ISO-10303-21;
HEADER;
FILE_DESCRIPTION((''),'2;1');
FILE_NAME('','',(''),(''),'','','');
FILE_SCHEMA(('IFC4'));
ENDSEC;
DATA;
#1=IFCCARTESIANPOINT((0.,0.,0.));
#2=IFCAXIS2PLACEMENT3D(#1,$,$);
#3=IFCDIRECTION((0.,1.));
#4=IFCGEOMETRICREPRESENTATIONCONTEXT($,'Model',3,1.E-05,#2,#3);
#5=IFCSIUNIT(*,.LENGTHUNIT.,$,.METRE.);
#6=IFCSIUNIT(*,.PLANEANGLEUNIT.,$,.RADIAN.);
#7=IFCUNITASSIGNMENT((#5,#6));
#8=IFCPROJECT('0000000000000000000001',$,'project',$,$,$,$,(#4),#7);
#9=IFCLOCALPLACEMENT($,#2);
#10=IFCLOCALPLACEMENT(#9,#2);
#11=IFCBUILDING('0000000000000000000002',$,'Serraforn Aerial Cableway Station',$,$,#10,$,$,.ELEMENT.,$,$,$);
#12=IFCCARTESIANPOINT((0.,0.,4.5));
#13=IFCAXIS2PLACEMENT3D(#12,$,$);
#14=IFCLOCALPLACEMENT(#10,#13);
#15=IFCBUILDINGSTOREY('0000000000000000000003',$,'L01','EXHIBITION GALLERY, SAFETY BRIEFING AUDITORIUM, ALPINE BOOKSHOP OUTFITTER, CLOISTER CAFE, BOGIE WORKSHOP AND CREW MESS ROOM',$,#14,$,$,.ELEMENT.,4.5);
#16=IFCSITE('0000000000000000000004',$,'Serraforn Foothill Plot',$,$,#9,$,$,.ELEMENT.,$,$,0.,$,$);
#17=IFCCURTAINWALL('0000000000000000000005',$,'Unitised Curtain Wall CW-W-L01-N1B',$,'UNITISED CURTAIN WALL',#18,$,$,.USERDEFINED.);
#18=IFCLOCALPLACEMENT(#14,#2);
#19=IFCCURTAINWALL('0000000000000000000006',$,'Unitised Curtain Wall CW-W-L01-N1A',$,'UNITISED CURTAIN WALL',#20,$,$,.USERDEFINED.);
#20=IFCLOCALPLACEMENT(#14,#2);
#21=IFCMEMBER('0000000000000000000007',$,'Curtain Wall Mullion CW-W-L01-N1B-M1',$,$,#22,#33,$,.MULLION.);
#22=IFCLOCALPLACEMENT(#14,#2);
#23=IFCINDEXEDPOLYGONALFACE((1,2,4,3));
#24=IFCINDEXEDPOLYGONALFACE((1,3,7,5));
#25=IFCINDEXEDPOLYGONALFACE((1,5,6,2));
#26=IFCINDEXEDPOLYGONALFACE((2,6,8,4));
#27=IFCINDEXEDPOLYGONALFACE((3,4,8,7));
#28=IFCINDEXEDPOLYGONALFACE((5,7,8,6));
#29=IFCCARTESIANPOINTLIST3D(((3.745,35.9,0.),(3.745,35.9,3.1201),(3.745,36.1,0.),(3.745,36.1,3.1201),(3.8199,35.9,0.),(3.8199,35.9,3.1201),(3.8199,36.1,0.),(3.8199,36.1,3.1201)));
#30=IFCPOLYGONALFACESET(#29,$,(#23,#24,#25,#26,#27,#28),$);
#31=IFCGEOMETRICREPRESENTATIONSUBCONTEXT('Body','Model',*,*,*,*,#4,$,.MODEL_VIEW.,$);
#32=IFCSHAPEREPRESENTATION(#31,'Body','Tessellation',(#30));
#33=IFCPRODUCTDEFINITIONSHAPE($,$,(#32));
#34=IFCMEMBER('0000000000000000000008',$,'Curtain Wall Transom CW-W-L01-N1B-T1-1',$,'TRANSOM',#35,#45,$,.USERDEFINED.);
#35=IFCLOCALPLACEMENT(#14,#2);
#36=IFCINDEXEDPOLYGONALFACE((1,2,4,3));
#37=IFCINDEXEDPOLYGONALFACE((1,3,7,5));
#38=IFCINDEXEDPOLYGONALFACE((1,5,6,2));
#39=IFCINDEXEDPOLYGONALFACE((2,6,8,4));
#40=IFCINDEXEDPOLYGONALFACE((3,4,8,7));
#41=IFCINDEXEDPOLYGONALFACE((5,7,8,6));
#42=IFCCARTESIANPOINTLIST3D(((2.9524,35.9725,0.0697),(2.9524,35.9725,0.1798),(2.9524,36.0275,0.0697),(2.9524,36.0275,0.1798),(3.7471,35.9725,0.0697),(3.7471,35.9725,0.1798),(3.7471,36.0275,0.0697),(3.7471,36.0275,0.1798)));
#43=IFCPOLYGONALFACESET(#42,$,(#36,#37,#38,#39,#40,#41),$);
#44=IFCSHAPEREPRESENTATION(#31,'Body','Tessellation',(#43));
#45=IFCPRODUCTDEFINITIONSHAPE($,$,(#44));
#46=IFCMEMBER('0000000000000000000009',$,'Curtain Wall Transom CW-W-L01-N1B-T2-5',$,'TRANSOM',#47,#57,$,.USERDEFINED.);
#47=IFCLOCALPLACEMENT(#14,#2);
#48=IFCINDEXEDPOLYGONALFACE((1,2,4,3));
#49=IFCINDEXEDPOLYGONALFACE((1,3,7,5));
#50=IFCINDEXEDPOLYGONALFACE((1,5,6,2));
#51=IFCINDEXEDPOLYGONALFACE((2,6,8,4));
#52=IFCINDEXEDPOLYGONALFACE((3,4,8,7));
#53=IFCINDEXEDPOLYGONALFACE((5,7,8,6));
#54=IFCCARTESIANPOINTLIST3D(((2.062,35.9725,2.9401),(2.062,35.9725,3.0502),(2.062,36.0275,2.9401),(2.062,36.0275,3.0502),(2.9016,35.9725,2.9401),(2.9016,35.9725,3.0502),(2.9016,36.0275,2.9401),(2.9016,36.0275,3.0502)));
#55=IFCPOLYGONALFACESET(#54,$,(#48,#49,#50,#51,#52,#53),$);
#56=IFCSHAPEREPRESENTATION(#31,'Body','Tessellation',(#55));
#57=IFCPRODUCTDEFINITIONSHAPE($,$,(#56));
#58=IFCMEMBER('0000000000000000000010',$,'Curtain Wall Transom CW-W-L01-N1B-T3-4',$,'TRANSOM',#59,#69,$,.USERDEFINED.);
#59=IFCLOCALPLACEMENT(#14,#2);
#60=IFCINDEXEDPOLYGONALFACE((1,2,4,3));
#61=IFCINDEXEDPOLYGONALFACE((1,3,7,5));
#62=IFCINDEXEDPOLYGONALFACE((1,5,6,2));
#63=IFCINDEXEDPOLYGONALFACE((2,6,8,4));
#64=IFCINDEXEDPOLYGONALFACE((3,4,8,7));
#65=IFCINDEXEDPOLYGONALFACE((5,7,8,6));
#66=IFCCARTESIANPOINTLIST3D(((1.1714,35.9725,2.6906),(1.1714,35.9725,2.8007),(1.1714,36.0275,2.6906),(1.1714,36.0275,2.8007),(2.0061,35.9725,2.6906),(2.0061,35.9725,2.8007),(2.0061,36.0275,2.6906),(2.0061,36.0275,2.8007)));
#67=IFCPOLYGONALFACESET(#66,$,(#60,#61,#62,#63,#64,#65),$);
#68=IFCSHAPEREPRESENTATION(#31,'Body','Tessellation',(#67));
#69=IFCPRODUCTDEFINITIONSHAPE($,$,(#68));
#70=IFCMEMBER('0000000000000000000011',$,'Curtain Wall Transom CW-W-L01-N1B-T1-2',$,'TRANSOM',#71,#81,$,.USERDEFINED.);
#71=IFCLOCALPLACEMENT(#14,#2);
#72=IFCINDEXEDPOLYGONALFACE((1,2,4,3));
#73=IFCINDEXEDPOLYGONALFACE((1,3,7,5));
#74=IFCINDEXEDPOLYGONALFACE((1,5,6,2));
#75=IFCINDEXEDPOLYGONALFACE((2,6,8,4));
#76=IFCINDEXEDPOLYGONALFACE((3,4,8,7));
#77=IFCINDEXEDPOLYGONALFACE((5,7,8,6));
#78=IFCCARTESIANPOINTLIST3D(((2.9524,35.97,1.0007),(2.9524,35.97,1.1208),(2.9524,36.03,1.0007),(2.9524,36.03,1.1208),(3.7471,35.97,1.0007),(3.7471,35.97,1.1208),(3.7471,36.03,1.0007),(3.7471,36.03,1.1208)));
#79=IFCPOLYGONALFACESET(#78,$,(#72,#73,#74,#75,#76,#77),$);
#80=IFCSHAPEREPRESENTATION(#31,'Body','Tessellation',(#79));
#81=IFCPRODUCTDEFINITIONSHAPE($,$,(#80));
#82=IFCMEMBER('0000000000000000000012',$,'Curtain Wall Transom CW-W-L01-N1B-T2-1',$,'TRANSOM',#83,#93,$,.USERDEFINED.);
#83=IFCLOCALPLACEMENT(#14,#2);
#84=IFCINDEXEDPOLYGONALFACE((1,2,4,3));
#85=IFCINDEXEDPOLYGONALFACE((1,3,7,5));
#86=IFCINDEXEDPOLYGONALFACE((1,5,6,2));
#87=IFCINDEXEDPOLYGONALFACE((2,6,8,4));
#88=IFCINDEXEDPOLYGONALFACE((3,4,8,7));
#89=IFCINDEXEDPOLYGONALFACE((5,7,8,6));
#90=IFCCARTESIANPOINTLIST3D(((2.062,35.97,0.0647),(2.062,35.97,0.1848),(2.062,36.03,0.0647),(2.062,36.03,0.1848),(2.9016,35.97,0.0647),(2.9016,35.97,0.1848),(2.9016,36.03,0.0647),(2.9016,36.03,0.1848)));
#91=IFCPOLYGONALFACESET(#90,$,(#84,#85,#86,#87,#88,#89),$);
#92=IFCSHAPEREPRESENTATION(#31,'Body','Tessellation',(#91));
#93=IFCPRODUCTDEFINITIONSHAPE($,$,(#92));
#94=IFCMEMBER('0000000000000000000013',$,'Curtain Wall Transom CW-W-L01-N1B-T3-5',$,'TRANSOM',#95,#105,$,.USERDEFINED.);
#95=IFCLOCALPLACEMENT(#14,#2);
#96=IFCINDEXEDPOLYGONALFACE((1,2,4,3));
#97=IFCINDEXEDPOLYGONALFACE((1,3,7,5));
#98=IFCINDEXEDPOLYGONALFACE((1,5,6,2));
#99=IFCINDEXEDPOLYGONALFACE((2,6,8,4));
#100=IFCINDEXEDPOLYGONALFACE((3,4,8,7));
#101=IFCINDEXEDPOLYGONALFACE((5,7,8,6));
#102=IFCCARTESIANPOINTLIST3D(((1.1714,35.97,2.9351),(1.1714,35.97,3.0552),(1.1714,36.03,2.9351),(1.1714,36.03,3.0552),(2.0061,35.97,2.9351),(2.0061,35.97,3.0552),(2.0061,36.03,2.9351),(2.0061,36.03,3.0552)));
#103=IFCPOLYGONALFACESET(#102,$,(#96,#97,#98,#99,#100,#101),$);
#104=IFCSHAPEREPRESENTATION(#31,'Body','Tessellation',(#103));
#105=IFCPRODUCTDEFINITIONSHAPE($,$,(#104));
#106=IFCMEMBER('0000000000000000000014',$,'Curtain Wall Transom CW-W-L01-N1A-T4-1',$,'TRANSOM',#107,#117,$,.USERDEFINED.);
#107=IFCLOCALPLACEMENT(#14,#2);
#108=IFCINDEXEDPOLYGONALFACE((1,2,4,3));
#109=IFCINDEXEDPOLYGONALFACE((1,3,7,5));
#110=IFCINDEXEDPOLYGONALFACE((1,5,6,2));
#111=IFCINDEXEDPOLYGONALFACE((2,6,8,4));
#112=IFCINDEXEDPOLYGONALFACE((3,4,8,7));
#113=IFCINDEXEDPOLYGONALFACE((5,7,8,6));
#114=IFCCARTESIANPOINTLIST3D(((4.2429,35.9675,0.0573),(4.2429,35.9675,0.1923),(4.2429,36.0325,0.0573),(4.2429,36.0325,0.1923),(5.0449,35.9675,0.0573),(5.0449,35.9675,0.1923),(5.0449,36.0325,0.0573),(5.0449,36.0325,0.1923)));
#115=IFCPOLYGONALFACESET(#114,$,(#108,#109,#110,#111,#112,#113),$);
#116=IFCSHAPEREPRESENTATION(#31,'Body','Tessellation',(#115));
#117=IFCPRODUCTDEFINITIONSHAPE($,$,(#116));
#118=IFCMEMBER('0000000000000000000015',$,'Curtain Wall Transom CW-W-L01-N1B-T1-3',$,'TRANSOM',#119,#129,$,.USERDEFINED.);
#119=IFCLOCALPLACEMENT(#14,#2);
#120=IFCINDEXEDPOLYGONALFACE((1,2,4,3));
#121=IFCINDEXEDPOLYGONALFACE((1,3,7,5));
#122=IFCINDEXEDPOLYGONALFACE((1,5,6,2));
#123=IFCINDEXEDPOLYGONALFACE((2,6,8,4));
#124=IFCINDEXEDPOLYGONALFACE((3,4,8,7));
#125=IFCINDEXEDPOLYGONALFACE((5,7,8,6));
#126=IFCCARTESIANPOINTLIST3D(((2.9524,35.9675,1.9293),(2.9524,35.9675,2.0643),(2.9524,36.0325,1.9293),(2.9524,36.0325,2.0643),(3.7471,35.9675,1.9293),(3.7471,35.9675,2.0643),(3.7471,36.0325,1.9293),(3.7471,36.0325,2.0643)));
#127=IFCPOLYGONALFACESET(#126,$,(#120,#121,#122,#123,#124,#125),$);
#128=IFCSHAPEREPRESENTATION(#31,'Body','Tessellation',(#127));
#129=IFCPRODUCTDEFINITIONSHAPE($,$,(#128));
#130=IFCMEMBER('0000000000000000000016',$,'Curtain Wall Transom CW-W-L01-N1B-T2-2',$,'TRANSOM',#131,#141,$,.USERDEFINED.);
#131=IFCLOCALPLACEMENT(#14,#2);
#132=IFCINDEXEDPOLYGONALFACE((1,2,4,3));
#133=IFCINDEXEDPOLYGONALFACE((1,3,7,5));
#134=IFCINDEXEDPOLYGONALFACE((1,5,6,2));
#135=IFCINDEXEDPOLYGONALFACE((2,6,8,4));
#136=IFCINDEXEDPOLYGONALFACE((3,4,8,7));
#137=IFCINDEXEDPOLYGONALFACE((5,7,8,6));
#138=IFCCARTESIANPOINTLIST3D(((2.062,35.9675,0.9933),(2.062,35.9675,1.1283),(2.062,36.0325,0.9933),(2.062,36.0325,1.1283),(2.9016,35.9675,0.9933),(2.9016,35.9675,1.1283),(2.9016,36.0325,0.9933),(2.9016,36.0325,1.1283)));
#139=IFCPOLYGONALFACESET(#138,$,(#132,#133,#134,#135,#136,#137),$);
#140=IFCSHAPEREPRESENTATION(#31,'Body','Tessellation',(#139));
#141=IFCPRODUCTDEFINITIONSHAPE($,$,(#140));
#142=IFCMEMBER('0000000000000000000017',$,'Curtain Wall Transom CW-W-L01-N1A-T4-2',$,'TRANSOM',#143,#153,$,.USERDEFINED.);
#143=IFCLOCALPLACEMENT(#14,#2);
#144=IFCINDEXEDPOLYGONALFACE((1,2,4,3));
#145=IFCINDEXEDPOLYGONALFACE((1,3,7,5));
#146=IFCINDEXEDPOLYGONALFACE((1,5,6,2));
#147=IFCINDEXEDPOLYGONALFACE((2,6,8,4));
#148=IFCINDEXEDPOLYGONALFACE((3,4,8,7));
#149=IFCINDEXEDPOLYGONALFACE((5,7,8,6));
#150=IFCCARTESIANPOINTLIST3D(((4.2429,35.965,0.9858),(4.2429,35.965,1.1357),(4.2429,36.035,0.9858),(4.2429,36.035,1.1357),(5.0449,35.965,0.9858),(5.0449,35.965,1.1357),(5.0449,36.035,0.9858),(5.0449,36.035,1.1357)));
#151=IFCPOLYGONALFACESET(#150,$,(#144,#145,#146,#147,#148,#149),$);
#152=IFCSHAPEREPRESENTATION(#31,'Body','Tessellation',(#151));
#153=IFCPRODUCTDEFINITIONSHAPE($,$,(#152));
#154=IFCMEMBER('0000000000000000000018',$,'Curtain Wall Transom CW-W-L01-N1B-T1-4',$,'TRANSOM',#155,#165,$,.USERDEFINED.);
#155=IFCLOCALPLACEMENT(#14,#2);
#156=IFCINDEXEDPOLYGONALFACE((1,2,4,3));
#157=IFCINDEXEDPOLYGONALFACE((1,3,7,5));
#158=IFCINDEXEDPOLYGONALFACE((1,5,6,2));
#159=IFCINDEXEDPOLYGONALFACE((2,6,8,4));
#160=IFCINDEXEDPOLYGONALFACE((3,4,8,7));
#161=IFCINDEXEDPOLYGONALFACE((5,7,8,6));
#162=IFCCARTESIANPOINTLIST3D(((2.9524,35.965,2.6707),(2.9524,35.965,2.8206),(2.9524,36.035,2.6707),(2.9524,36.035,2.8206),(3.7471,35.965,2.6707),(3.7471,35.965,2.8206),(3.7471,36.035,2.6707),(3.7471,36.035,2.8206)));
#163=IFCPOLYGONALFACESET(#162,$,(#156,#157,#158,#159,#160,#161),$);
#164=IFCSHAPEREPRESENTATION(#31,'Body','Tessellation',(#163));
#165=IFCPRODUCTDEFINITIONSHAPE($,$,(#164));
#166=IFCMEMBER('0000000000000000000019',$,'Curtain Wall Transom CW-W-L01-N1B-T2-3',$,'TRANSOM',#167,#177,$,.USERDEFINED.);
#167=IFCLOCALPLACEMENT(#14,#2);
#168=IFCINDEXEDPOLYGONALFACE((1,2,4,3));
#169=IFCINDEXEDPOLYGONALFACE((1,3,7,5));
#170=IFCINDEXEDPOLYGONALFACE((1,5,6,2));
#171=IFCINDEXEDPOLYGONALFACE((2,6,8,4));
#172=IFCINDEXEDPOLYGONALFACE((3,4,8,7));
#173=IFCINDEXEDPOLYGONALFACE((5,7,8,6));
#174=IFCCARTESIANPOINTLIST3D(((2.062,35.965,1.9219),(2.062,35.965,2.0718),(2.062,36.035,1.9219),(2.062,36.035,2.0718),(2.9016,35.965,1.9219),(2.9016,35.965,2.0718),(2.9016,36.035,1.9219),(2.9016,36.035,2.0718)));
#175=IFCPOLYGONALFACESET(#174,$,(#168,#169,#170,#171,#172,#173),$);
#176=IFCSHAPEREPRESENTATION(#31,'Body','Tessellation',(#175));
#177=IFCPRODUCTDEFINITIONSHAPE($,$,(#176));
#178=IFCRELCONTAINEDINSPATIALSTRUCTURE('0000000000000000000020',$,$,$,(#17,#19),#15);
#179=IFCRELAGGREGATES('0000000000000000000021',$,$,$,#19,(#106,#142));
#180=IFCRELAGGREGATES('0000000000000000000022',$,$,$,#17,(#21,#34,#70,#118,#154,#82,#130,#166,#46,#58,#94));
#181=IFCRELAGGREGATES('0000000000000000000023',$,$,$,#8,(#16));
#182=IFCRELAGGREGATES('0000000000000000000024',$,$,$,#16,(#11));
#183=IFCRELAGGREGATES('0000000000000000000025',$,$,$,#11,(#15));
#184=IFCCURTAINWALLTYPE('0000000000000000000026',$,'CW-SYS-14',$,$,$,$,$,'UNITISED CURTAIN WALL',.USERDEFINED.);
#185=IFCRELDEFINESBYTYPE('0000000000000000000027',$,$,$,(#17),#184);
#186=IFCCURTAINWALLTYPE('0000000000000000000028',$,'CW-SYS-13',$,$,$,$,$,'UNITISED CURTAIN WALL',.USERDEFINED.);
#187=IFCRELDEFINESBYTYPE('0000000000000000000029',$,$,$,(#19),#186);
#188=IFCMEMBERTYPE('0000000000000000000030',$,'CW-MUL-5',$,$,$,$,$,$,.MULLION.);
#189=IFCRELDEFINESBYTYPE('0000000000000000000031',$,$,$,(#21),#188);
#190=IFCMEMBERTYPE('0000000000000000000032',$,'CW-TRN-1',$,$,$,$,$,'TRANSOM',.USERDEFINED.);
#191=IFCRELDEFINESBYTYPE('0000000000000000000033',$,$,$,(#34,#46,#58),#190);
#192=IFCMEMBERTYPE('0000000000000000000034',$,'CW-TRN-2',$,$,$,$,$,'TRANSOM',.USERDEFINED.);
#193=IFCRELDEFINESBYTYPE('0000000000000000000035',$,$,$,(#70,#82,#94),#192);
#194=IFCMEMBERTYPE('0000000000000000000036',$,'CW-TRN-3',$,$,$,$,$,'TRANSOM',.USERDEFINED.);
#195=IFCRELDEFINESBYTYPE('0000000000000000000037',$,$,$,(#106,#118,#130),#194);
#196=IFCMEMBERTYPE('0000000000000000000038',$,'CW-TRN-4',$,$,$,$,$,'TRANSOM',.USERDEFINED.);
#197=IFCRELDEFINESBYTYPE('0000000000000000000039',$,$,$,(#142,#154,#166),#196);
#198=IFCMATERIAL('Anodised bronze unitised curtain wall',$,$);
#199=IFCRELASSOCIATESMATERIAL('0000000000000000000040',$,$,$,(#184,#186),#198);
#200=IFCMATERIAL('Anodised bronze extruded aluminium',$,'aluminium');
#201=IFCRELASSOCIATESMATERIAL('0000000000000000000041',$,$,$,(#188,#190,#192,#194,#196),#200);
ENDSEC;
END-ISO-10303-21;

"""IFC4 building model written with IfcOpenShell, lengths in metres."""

from ifc_helpers import new_model, si_unit, direction, frame, origin, origin_2d, place, context, subcontext, project, spatial, rectangle, extrude, material, material_profile, profile_set, type_object, element, aggregate, save


model = new_model("IFC4")

# Units and contexts
model_context = context("Model", 3, precision=1e-05, world=origin(), true_north=direction((0.0, 1.0)))
body_context = subcontext(model_context, "Body", "Model", "MODEL_VIEW")
ifc_project = project(units=[si_unit("LENGTHUNIT", "METRE"), si_unit("PLANEANGLEUNIT", "RADIAN")], contexts=[model_context])

# Site, building, storey
site_placement = place(None, origin())
site = spatial("IfcSite", under=ifc_project, at=site_placement, Name="Serraforn Foothill Plot", CompositionType="ELEMENT", RefElevation=0.0)
building_placement = place(site_placement, origin())
building = spatial("IfcBuilding", under=site, at=building_placement, Name="Serraforn Aerial Cableway Station", CompositionType="ELEMENT")
storey_placement = place(building_placement, frame((0.0, 0.0, 4.5)))
storey = spatial("IfcBuildingStorey", under=building, at=storey_placement, Name="L01", Description="EXHIBITION GALLERY, SAFETY BRIEFING AUDITORIUM, ALPINE BOOKSHOP OUTFITTER, CLOISTER CAFE, BOGIE WORKSHOP AND CREW MESS ROOM", CompositionType="ELEMENT", Elevation=4.5)

# Curtain wall
ifc_material_1 = material(Name="Anodised bronze unitised curtain wall")
curtain_wall_type_1 = type_object("IfcCurtainWallType", Name="CW-SYS-14", ElementType="UNITISED CURTAIN WALL", PredefinedType="USERDEFINED", material=ifc_material_1)
curtain_wall_1_placement = place(storey_placement, origin())
curtain_wall_1 = element("IfcCurtainWall", 1, at=curtain_wall_1_placement, inside=storey, type_object=curtain_wall_type_1, Name="Unitised Curtain Wall CW-W-L01-N1B", ObjectType="UNITISED CURTAIN WALL", PredefinedType="USERDEFINED")
ifc_material_2 = material(Name="Anodised bronze extruded aluminium", Category="aluminium")

# Curtain wall
curtain_wall_type_2 = type_object("IfcCurtainWallType", Name="CW-SYS-13", ElementType="UNITISED CURTAIN WALL", PredefinedType="USERDEFINED", material=ifc_material_1)
curtain_wall_2_placement = place(storey_placement, origin())
curtain_wall_2 = element("IfcCurtainWall", 2, at=curtain_wall_2_placement, inside=storey, type_object=curtain_wall_type_2, Name="Unitised Curtain Wall CW-W-L01-N1A", ObjectType="UNITISED CURTAIN WALL", PredefinedType="USERDEFINED")

# Members
ifc_material_profile_1 = material_profile(ifc_material_2, rectangle(XDim=0.075, YDim=0.2, at=origin_2d()), Name="CW MULLION 75x200")
ifc_profile_set_1 = profile_set([ifc_material_profile_1], Name="Anodised bronze extruded aluminium")
member_type_1 = type_object("IfcMemberType", Name="CW-MUL-5", PredefinedType="MULLION", material=ifc_profile_set_1)
member_1_placement = place(storey_placement, frame((3.7825, 36.0, 0.0), z_axis=(0.0, 0.0, 1.0), x_axis=(-1.0, 0.0, 0.0)))
member_1 = element("IfcMember", 3, at=member_1_placement, type_object=member_type_1, Name="Curtain Wall Mullion CW-W-L01-N1B-M1", PredefinedType="MULLION", context=body_context, shape_type="SweptSolid", body=[
    extrude(rectangle(XDim=0.075, YDim=0.2, at=origin_2d()), origin(), (0.0, 0.0, 1.0), 3.1201),
])
ifc_material_profile_2 = material_profile(ifc_material_2, rectangle(XDim=0.0549, YDim=0.1101, at=origin_2d()), Name="CW TRANSOM 55x110")
ifc_profile_set_2 = profile_set([ifc_material_profile_2], Name="Anodised bronze extruded aluminium")
member_type_2 = type_object("IfcMemberType", Name="CW-TRN-1", ElementType="TRANSOM", PredefinedType="USERDEFINED", material=ifc_profile_set_2)
member_2_placement = place(storey_placement, frame((3.7471, 36.0, 0.1248), z_axis=(-1.0, 0.0, 0.0), x_axis=(0.0, -1.0, 0.0)))
member_2 = element("IfcMember", 4, at=member_2_placement, type_object=member_type_2, Name="Curtain Wall Transom CW-W-L01-N1B-T1-1", ObjectType="TRANSOM", PredefinedType="USERDEFINED", context=body_context, shape_type="SweptSolid", body=[
    extrude(rectangle(XDim=0.0549, YDim=0.1101, at=origin_2d()), origin(), (0.0, 0.0, 1.0), 0.7947),
])
member_3_placement = place(storey_placement, frame((2.9016, 36.0, 2.9951), z_axis=(-1.0, 0.0, 0.0), x_axis=(0.0, -1.0, 0.0)))
member_3 = element("IfcMember", 5, at=member_3_placement, type_object=member_type_2, Name="Curtain Wall Transom CW-W-L01-N1B-T2-5", ObjectType="TRANSOM", PredefinedType="USERDEFINED", context=body_context, shape_type="SweptSolid", body=[
    extrude(rectangle(XDim=0.0549, YDim=0.1101, at=origin_2d()), origin(), (0.0, 0.0, 1.0), 0.8396),
])
member_4_placement = place(storey_placement, frame((2.0061, 36.0, 2.7456), z_axis=(-1.0, 0.0, 0.0), x_axis=(0.0, -1.0, 0.0)))
member_4 = element("IfcMember", 6, at=member_4_placement, type_object=member_type_2, Name="Curtain Wall Transom CW-W-L01-N1B-T3-4", ObjectType="TRANSOM", PredefinedType="USERDEFINED", context=body_context, shape_type="SweptSolid", body=[
    extrude(rectangle(XDim=0.0549, YDim=0.1101, at=origin_2d()), origin(), (0.0, 0.0, 1.0), 0.8347),
])
ifc_material_profile_3 = material_profile(ifc_material_2, rectangle(XDim=0.0601, YDim=0.1201, at=origin_2d()), Name="CW TRANSOM 60x120")
ifc_profile_set_3 = profile_set([ifc_material_profile_3], Name="Anodised bronze extruded aluminium")
member_type_3 = type_object("IfcMemberType", Name="CW-TRN-2", ElementType="TRANSOM", PredefinedType="USERDEFINED", material=ifc_profile_set_3)
member_5_placement = place(storey_placement, frame((3.7471, 36.0, 1.0608), z_axis=(-1.0, 0.0, 0.0), x_axis=(0.0, -1.0, 0.0)))
member_5 = element("IfcMember", 7, at=member_5_placement, type_object=member_type_3, Name="Curtain Wall Transom CW-W-L01-N1B-T1-2", ObjectType="TRANSOM", PredefinedType="USERDEFINED", context=body_context, shape_type="SweptSolid", body=[
    extrude(rectangle(XDim=0.0601, YDim=0.1201, at=origin_2d()), origin(), (0.0, 0.0, 1.0), 0.7947),
])
member_6_placement = place(storey_placement, frame((2.9016, 36.0, 0.1248), z_axis=(-1.0, 0.0, 0.0), x_axis=(0.0, -1.0, 0.0)))
member_6 = element("IfcMember", 8, at=member_6_placement, type_object=member_type_3, Name="Curtain Wall Transom CW-W-L01-N1B-T2-1", ObjectType="TRANSOM", PredefinedType="USERDEFINED", context=body_context, shape_type="SweptSolid", body=[
    extrude(rectangle(XDim=0.0601, YDim=0.1201, at=origin_2d()), origin(), (0.0, 0.0, 1.0), 0.8396),
])
member_7_placement = place(storey_placement, frame((2.0061, 36.0, 2.9951), z_axis=(-1.0, 0.0, 0.0), x_axis=(0.0, -1.0, 0.0)))
member_7 = element("IfcMember", 9, at=member_7_placement, type_object=member_type_3, Name="Curtain Wall Transom CW-W-L01-N1B-T3-5", ObjectType="TRANSOM", PredefinedType="USERDEFINED", context=body_context, shape_type="SweptSolid", body=[
    extrude(rectangle(XDim=0.0601, YDim=0.1201, at=origin_2d()), origin(), (0.0, 0.0, 1.0), 0.8347),
])
ifc_material_profile_4 = material_profile(ifc_material_2, rectangle(XDim=0.0649, YDim=0.135, at=origin_2d()), Name="CW TRANSOM 65x135")
ifc_profile_set_4 = profile_set([ifc_material_profile_4], Name="Anodised bronze extruded aluminium")
member_type_4 = type_object("IfcMemberType", Name="CW-TRN-3", ElementType="TRANSOM", PredefinedType="USERDEFINED", material=ifc_profile_set_4)
member_8_placement = place(storey_placement, frame((5.0449, 36.0, 0.1248), z_axis=(-1.0, 0.0, 0.0), x_axis=(0.0, -1.0, 0.0)))
member_8 = element("IfcMember", 10, at=member_8_placement, type_object=member_type_4, Name="Curtain Wall Transom CW-W-L01-N1A-T4-1", ObjectType="TRANSOM", PredefinedType="USERDEFINED", context=body_context, shape_type="SweptSolid", body=[
    extrude(rectangle(XDim=0.0649, YDim=0.135, at=origin_2d()), origin(), (0.0, 0.0, 1.0), 0.802),
])
member_9_placement = place(storey_placement, frame((3.7471, 36.0, 1.9968), z_axis=(-1.0, 0.0, 0.0), x_axis=(0.0, -1.0, 0.0)))
member_9 = element("IfcMember", 11, at=member_9_placement, type_object=member_type_4, Name="Curtain Wall Transom CW-W-L01-N1B-T1-3", ObjectType="TRANSOM", PredefinedType="USERDEFINED", context=body_context, shape_type="SweptSolid", body=[
    extrude(rectangle(XDim=0.0649, YDim=0.135, at=origin_2d()), origin(), (0.0, 0.0, 1.0), 0.7947),
])
member_10_placement = place(storey_placement, frame((2.9016, 36.0, 1.0608), z_axis=(-1.0, 0.0, 0.0), x_axis=(0.0, -1.0, 0.0)))
member_10 = element("IfcMember", 12, at=member_10_placement, type_object=member_type_4, Name="Curtain Wall Transom CW-W-L01-N1B-T2-2", ObjectType="TRANSOM", PredefinedType="USERDEFINED", context=body_context, shape_type="SweptSolid", body=[
    extrude(rectangle(XDim=0.0649, YDim=0.135, at=origin_2d()), origin(), (0.0, 0.0, 1.0), 0.8396),
])
ifc_material_profile_5 = material_profile(ifc_material_2, rectangle(XDim=0.0701, YDim=0.1499, at=origin_2d()), Name="CW TRANSOM 70x150")
ifc_profile_set_5 = profile_set([ifc_material_profile_5], Name="Anodised bronze extruded aluminium")
member_type_5 = type_object("IfcMemberType", Name="CW-TRN-4", ElementType="TRANSOM", PredefinedType="USERDEFINED", material=ifc_profile_set_5)
member_11_placement = place(storey_placement, frame((5.0449, 36.0, 1.0608), z_axis=(-1.0, 0.0, 0.0), x_axis=(0.0, -1.0, 0.0)))
member_11 = element("IfcMember", 13, at=member_11_placement, type_object=member_type_5, Name="Curtain Wall Transom CW-W-L01-N1A-T4-2", ObjectType="TRANSOM", PredefinedType="USERDEFINED", context=body_context, shape_type="SweptSolid", body=[
    extrude(rectangle(XDim=0.0701, YDim=0.1499, at=origin_2d()), origin(), (0.0, 0.0, 1.0), 0.802),
])
member_12_placement = place(storey_placement, frame((3.7471, 36.0, 2.7456), z_axis=(-1.0, 0.0, 0.0), x_axis=(0.0, -1.0, 0.0)))
member_12 = element("IfcMember", 14, at=member_12_placement, type_object=member_type_5, Name="Curtain Wall Transom CW-W-L01-N1B-T1-4", ObjectType="TRANSOM", PredefinedType="USERDEFINED", context=body_context, shape_type="SweptSolid", body=[
    extrude(rectangle(XDim=0.0701, YDim=0.1499, at=origin_2d()), origin(), (0.0, 0.0, 1.0), 0.7947),
])
member_13_placement = place(storey_placement, frame((2.9016, 36.0, 1.9968), z_axis=(-1.0, 0.0, 0.0), x_axis=(0.0, -1.0, 0.0)))
member_13 = element("IfcMember", 15, at=member_13_placement, type_object=member_type_5, Name="Curtain Wall Transom CW-W-L01-N1B-T2-3", ObjectType="TRANSOM", PredefinedType="USERDEFINED", context=body_context, shape_type="SweptSolid", body=[
    extrude(rectangle(XDim=0.0701, YDim=0.1499, at=origin_2d()), origin(), (0.0, 0.0, 1.0), 0.8396),
])

aggregate(curtain_wall_2, [member_8, member_11])
aggregate(curtain_wall_1, [member_1, member_2, member_5, member_9, member_12, member_6, member_10, member_13, member_3, member_4, member_7])

save(model, "model.ifc")
